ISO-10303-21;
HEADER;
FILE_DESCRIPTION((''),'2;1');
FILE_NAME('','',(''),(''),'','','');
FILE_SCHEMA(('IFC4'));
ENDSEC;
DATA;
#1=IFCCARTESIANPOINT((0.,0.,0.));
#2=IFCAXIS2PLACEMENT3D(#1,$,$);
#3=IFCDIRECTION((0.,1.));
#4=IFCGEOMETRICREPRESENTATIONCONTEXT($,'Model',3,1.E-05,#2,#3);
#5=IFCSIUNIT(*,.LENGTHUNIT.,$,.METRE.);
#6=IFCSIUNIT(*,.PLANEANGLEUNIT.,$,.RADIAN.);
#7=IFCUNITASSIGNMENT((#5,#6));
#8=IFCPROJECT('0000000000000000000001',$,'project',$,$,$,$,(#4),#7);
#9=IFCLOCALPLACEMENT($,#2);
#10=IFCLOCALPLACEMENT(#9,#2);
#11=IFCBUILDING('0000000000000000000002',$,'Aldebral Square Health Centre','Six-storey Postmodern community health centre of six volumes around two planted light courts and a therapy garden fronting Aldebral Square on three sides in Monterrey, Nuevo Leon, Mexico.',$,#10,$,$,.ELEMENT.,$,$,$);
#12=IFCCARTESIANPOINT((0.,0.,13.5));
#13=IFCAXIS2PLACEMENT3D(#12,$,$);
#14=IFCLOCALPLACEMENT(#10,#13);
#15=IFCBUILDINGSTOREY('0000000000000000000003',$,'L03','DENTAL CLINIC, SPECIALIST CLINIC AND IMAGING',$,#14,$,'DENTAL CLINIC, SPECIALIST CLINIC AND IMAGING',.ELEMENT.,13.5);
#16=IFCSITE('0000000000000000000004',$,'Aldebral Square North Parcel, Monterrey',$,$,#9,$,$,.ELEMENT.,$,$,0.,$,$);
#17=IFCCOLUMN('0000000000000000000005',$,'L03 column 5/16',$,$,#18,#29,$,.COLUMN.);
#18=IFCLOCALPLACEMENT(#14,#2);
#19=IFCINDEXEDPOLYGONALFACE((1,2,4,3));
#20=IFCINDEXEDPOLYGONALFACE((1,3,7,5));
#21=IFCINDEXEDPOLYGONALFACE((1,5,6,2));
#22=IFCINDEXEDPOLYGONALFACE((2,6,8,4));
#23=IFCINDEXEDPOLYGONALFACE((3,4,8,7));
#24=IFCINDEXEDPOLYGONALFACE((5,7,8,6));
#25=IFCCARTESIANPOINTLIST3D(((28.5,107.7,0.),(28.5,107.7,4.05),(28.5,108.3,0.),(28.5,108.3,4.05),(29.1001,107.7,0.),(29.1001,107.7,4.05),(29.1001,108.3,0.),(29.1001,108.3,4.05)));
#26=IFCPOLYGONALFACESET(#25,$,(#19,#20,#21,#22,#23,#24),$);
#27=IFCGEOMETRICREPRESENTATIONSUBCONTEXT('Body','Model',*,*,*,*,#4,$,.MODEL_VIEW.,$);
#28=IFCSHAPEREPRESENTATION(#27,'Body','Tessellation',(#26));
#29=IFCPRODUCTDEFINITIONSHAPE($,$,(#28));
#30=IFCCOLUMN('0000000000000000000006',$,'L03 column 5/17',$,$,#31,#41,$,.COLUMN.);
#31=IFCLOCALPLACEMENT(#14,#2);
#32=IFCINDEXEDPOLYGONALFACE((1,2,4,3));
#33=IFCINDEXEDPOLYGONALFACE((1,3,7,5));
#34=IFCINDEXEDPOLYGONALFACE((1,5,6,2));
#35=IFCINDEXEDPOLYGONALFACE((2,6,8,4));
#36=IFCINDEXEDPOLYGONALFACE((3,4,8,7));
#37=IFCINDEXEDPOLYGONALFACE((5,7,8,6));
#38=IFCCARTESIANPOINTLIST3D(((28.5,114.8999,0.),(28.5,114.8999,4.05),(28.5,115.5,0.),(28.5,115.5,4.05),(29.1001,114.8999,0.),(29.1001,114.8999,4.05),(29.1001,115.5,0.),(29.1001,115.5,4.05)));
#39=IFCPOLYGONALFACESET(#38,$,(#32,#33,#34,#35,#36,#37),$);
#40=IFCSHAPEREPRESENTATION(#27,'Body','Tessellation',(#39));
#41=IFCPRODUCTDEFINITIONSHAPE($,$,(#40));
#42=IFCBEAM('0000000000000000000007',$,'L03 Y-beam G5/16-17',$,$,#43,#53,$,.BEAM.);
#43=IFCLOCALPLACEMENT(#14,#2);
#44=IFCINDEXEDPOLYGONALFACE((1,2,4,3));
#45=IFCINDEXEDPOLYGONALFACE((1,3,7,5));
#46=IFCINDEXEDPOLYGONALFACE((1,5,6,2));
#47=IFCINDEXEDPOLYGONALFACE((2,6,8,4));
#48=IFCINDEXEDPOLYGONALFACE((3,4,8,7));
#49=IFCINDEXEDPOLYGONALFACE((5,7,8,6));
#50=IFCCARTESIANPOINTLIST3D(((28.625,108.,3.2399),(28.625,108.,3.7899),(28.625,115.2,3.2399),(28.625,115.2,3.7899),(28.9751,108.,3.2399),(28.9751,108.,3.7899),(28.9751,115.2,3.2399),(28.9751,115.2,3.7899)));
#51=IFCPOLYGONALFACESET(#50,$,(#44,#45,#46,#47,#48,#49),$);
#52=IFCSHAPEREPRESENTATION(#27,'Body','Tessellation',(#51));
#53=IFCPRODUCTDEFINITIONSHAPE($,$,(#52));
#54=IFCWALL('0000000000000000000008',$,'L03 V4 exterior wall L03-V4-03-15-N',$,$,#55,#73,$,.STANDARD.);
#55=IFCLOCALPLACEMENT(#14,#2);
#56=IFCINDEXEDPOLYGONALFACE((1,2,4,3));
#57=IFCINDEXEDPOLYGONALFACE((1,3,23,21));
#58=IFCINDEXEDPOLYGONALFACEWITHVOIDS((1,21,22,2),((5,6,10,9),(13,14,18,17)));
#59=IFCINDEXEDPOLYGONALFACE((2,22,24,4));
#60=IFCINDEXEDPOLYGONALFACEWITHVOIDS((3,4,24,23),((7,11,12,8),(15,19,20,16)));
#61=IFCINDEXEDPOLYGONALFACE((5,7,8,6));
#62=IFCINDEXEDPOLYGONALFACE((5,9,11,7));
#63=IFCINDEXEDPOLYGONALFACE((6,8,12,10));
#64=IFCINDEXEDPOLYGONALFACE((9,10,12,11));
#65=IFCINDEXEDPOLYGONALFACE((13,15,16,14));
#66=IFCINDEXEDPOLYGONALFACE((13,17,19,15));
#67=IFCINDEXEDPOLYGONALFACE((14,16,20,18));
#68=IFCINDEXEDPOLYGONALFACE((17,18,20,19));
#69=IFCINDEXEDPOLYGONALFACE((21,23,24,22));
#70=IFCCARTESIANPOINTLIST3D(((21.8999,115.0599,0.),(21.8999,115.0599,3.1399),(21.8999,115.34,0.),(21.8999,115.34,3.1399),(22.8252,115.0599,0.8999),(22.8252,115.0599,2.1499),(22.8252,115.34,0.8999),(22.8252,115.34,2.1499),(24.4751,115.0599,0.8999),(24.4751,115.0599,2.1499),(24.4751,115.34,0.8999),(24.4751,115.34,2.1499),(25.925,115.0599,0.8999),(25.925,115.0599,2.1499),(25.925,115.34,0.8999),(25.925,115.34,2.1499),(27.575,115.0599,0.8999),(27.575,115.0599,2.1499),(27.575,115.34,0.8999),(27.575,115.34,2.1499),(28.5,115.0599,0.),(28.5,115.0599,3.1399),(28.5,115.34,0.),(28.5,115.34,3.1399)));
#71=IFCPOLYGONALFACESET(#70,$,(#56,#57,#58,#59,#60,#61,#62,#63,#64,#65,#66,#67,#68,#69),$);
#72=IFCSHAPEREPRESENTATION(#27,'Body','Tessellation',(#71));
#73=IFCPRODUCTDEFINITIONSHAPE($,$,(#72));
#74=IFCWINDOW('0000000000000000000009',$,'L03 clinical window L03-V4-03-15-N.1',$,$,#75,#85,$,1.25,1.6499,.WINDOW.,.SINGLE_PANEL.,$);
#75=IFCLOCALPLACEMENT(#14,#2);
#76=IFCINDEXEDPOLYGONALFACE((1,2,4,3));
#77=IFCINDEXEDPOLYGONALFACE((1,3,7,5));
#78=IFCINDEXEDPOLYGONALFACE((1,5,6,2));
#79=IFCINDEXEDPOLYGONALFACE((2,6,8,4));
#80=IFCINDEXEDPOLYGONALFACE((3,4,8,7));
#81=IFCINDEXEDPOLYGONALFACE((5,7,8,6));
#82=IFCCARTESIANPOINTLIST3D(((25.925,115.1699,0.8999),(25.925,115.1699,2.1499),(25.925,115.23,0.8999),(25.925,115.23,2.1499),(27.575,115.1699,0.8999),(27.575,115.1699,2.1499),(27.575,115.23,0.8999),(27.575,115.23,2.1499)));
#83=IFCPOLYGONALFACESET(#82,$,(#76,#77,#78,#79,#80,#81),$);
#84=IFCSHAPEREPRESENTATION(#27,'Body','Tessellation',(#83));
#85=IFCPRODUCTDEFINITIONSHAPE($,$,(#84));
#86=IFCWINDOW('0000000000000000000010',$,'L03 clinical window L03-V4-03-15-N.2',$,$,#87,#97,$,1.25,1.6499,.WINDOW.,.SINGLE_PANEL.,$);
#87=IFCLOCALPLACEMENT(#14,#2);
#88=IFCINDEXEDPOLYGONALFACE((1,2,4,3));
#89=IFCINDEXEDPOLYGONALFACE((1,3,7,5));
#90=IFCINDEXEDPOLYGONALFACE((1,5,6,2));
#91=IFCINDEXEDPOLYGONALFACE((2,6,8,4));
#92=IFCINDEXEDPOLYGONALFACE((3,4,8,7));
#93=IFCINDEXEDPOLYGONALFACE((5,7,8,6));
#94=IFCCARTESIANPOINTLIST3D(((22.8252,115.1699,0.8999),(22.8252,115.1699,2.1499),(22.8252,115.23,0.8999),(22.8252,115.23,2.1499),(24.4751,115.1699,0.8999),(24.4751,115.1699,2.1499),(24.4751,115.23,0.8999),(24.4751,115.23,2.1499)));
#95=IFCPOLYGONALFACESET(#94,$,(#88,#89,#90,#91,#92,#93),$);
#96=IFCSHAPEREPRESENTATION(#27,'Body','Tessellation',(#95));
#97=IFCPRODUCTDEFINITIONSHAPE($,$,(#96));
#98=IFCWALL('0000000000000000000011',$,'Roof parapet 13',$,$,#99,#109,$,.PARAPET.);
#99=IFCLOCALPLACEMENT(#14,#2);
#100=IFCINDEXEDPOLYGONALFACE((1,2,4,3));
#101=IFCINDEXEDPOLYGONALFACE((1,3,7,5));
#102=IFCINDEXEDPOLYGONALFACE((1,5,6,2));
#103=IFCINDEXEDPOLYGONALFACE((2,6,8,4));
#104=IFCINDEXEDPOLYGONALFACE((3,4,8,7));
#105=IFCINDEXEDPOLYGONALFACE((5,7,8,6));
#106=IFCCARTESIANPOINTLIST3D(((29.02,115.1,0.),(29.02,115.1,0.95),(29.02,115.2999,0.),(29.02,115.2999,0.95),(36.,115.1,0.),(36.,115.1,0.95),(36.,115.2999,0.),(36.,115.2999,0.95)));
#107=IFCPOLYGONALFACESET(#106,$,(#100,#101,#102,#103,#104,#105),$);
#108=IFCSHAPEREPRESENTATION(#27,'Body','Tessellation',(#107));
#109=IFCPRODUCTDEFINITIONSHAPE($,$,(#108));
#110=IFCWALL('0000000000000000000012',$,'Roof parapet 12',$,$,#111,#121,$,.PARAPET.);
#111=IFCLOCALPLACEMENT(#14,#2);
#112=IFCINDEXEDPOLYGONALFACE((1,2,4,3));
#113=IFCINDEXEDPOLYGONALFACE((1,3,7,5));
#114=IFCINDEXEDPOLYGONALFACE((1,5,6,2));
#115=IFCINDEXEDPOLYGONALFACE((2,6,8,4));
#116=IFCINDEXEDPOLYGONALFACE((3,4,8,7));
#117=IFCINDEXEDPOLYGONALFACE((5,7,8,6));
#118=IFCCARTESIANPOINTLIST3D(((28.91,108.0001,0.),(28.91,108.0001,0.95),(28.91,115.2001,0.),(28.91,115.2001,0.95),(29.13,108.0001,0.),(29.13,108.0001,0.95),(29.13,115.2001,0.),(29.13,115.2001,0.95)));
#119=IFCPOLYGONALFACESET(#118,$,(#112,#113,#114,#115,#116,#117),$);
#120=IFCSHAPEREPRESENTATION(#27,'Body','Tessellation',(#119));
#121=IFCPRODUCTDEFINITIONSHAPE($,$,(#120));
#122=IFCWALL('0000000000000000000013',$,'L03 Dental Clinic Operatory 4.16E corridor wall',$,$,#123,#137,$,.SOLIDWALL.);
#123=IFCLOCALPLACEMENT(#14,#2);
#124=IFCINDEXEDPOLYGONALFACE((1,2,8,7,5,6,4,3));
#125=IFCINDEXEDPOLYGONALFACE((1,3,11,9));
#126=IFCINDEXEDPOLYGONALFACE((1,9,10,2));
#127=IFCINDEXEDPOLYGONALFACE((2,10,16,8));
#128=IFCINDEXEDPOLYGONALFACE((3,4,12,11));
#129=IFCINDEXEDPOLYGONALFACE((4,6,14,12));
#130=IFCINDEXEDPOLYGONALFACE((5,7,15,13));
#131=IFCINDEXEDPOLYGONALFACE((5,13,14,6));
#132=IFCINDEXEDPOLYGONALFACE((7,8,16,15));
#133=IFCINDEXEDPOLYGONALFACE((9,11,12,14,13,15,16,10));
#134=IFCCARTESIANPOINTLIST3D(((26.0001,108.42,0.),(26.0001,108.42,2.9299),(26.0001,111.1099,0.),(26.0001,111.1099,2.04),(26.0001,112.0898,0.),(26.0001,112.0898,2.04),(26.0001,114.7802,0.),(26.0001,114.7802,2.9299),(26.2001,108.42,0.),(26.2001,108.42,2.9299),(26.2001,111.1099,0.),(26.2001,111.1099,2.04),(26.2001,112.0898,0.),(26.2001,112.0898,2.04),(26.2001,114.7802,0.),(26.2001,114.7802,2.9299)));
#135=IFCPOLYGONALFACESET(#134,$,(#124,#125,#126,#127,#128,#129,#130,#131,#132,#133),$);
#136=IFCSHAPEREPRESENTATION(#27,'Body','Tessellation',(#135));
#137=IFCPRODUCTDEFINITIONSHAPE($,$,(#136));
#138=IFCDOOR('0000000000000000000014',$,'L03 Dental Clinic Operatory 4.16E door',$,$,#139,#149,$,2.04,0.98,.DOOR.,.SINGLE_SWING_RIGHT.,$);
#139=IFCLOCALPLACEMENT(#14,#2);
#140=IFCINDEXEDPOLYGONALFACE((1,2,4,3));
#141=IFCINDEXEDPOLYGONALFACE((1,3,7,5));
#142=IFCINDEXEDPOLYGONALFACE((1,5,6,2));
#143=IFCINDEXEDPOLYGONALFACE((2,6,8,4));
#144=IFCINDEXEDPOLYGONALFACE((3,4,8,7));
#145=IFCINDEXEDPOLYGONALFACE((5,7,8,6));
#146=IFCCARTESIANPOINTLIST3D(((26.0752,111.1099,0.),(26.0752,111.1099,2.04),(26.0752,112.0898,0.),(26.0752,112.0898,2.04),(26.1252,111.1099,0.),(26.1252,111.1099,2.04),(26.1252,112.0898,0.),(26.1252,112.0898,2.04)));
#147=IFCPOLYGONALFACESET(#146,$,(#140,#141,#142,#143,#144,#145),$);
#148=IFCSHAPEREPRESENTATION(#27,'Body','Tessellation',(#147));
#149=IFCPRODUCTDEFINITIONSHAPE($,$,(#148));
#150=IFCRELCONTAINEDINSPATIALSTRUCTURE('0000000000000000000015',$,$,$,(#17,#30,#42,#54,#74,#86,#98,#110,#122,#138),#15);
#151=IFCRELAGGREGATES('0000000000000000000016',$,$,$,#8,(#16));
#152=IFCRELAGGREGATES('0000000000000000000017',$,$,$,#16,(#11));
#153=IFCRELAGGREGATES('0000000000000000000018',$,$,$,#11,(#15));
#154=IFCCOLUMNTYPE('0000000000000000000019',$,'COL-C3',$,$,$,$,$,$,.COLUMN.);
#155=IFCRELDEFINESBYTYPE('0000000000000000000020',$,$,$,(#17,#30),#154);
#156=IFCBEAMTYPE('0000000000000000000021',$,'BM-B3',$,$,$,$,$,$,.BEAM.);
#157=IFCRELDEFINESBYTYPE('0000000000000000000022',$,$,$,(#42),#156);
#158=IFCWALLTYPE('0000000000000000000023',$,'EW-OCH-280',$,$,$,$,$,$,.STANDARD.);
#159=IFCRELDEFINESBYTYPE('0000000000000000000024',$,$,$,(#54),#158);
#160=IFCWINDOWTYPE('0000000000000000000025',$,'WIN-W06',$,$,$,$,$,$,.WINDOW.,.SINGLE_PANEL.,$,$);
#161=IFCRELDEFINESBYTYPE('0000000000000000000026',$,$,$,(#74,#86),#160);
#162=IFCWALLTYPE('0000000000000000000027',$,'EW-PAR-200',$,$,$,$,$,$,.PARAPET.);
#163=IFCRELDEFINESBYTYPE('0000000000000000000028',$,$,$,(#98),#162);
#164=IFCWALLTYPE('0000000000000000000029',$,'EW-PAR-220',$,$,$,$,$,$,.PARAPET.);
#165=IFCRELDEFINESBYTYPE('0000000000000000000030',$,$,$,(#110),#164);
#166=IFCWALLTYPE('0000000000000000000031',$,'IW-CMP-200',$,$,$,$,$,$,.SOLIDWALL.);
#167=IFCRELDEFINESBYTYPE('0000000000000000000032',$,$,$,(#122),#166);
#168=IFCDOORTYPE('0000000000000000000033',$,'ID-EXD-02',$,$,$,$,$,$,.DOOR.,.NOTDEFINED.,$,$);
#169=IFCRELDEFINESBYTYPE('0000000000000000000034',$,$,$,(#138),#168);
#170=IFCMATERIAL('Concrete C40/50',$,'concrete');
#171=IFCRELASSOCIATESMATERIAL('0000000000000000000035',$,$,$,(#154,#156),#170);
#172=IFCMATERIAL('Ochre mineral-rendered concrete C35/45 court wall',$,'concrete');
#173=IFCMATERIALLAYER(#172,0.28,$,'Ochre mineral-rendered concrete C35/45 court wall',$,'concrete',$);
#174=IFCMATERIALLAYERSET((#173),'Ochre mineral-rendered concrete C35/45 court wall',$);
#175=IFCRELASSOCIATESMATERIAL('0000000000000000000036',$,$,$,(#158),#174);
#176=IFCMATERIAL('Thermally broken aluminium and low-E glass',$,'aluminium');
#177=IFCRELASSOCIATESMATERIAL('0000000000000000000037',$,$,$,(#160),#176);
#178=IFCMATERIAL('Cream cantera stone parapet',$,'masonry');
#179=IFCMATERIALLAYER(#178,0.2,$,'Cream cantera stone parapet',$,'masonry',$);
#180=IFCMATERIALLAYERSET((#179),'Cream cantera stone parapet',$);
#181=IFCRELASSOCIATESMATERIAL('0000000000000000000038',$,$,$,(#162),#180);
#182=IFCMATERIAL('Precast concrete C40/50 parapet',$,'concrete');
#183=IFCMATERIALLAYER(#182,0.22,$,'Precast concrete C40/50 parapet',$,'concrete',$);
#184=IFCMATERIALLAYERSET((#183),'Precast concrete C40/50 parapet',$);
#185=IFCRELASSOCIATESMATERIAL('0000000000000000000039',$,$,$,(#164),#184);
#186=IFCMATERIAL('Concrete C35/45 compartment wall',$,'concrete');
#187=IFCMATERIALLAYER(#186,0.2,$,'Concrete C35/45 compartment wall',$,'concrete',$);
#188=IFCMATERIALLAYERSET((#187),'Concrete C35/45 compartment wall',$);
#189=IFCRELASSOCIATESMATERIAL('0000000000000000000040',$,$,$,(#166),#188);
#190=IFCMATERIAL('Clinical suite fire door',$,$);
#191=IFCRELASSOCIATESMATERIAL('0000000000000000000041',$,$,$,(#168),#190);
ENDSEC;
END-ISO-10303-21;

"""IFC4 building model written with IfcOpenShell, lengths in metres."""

from ifc_helpers import new_model, si_unit, direction, frame, frame_2d, origin, origin_2d, place, context, subcontext, project, spatial, rectangle, extrude, material, layer, layer_set, material_profile, profile_set, type_object, element, fill, save


model = new_model("IFC4")

# Units and contexts
model_context = context("Model", 3, precision=1e-05, world=origin(), true_north=direction((0.0, 1.0)))
body_context = subcontext(model_context, "Body", "Model", "MODEL_VIEW")
ifc_project = project(units=[si_unit("LENGTHUNIT", "METRE"), si_unit("PLANEANGLEUNIT", "RADIAN")], contexts=[model_context])

# Site, building, storey
site_placement = place(None, origin())
site = spatial("IfcSite", under=ifc_project, at=site_placement, Name="Aldebral Square North Parcel, Monterrey", CompositionType="ELEMENT", RefElevation=0.0)
building_placement = place(site_placement, origin())
building = spatial("IfcBuilding", under=site, at=building_placement, Name="Aldebral Square Health Centre", Description="Six-storey Postmodern community health centre of six volumes around two planted light courts and a therapy garden fronting Aldebral Square on three sides in Monterrey, Nuevo Leon, Mexico.", CompositionType="ELEMENT")
storey_placement = place(building_placement, frame((0.0, 0.0, 13.5)))
storey = spatial("IfcBuildingStorey", under=building, at=storey_placement, Name="L03", Description="DENTAL CLINIC, SPECIALIST CLINIC AND IMAGING", LongName="DENTAL CLINIC, SPECIALIST CLINIC AND IMAGING", CompositionType="ELEMENT", Elevation=13.5)

# Columns
ifc_material_1 = material(Name="Concrete C40/50", Category="concrete")
ifc_material_profile_1 = material_profile(ifc_material_1, rectangle(XDim=0.6001, YDim=0.6001, at=origin_2d()), Name="RC 600x600")
ifc_profile_set_1 = profile_set([ifc_material_profile_1], Name="Concrete C40/50")
column_type = type_object("IfcColumnType", Name="COL-C3", PredefinedType="COLUMN", material=ifc_profile_set_1)
for number, where, z_axis, x_axis, name in (
    (1, (28.8, 108.0, 0.0), (0.0, 0.0, 1.0), (1.0, 0.0, 0.0), "L03 column 5/16"),
    (2, (28.8, 115.2, 0.0), (0.0, 0.0, 1.0), (1.0, 0.0, 0.0), "L03 column 5/17"),
):
    element("IfcColumn", number, at=place(storey_placement, frame(where, z_axis=z_axis, x_axis=x_axis)), inside=storey, type_object=column_type, Name=name, PredefinedType="COLUMN", context=body_context, shape_type="SweptSolid", body=[
        extrude(rectangle(XDim=0.6001, YDim=0.6001, at=origin_2d()), origin(), (0.0, 0.0, 1.0), 4.05),
    ])

# Beam
ifc_material_profile_2 = material_profile(ifc_material_1, rectangle(XDim=0.3501, YDim=0.55, at=origin_2d()), Name="RC 350x550")
ifc_profile_set_2 = profile_set([ifc_material_profile_2], Name="Concrete C40/50")
beam_type = type_object("IfcBeamType", Name="BM-B3", PredefinedType="BEAM", material=ifc_profile_set_2)
beam_placement = place(storey_placement, frame((28.8, 108.0, 3.5149), z_axis=(0.0, 1.0, 0.0), x_axis=(-1.0, 0.0, 0.0)))
element("IfcBeam", 3, at=beam_placement, inside=storey, type_object=beam_type, Name="L03 Y-beam G5/16-17", PredefinedType="BEAM", context=body_context, shape_type="SweptSolid", body=[
    extrude(rectangle(XDim=0.3501, YDim=0.55, at=origin_2d()), origin(), (0.0, 0.0, 1.0), 7.2),
])

# Wall, openings, windows
ifc_material_2 = material(Name="Ochre mineral-rendered concrete C35/45 court wall", Category="concrete")
ifc_layer_1 = layer(ifc_material_2, 0.28, Name="Ochre mineral-rendered concrete C35/45 court wall", Category="concrete")
ifc_layer_set_1 = layer_set([ifc_layer_1], Name="Ochre mineral-rendered concrete C35/45 court wall")
wall_type_1 = type_object("IfcWallType", Name="EW-OCH-280", PredefinedType="STANDARD", material=ifc_layer_set_1)
wall_1_placement = place(storey_placement, frame((28.5, 115.2, 0.0), z_axis=(0.0, 0.0, 1.0), x_axis=(-1.0, 0.0, 0.0)))
wall_1 = element("IfcWall", 4, at=wall_1_placement, inside=storey, type_object=wall_type_1, Name="L03 V4 exterior wall L03-V4-03-15-N", PredefinedType="STANDARD", context=body_context, shape_type="SweptSolid", body=[
    extrude(rectangle(XDim=6.6001, YDim=0.28, at=frame_2d((3.3, 0.0))), origin(), (0.0, 0.0, 1.0), 3.1399),
])
opening_1_placement = place(wall_1_placement, frame((0.925, 0.0, 0.8999)))
opening_1 = element("IfcOpeningElement", 5, at=opening_1_placement, cuts=wall_1, PredefinedType="OPENING", context=body_context, shape_type="SweptSolid", body=[
    extrude(rectangle(XDim=1.6499, YDim=1.25, at=frame_2d((0.825, 0.625))), frame((0.0, 0.1499, 0.0), z_axis=(0.0, -1.0, 0.0), x_axis=(1.0, 0.0, 0.0)), (0.0, 0.0, 1.0), 0.3),
])
opening_2_placement = place(wall_1_placement, frame((4.0249, 0.0, 0.8999)))
opening_2 = element("IfcOpeningElement", 6, at=opening_2_placement, cuts=wall_1, PredefinedType="OPENING", context=body_context, shape_type="SweptSolid", body=[
    extrude(rectangle(XDim=1.6499, YDim=1.25, at=frame_2d((0.825, 0.625))), frame((0.0, 0.1499, 0.0), z_axis=(0.0, -1.0, 0.0), x_axis=(1.0, 0.0, 0.0)), (0.0, 0.0, 1.0), 0.3),
])
ifc_material_3 = material(Name="Thermally broken aluminium and low-E glass", Category="aluminium")
window_type = type_object("IfcWindowType", Name="WIN-W06", PartitioningType="SINGLE_PANEL", PredefinedType="WINDOW", material=ifc_material_3)
window_1_placement = place(opening_1_placement, origin())
window_1 = element("IfcWindow", 7, at=window_1_placement, inside=storey, type_object=window_type, Name="L03 clinical window L03-V4-03-15-N.1", OverallHeight=1.25, OverallWidth=1.6499, PartitioningType="SINGLE_PANEL", PredefinedType="WINDOW", context=body_context, shape_type="SweptSolid", body=[
    extrude(rectangle(XDim=1.6499, YDim=1.25, at=frame_2d((0.825, 0.625))), frame((0.0, 0.03, 0.0), z_axis=(0.0, -1.0, 0.0), x_axis=(1.0, 0.0, 0.0)), (0.0, 0.0, 1.0), 0.0601),
])
fill(opening_1, window_1)
window_2_placement = place(opening_2_placement, origin())
window_2 = element("IfcWindow", 8, at=window_2_placement, inside=storey, type_object=window_type, Name="L03 clinical window L03-V4-03-15-N.2", OverallHeight=1.25, OverallWidth=1.6499, PartitioningType="SINGLE_PANEL", PredefinedType="WINDOW", context=body_context, shape_type="SweptSolid", body=[
    extrude(rectangle(XDim=1.6499, YDim=1.25, at=frame_2d((0.825, 0.625))), frame((0.0, 0.03, 0.0), z_axis=(0.0, -1.0, 0.0), x_axis=(1.0, 0.0, 0.0)), (0.0, 0.0, 1.0), 0.0601),
])
fill(opening_2, window_2)

# Walls
ifc_material_4 = material(Name="Cream cantera stone parapet", Category="masonry")
ifc_layer_2 = layer(ifc_material_4, 0.2, Name="Cream cantera stone parapet", Category="masonry")
ifc_layer_set_2 = layer_set([ifc_layer_2], Name="Cream cantera stone parapet")
wall_type_2 = type_object("IfcWallType", Name="EW-PAR-200", PredefinedType="PARAPET", material=ifc_layer_set_2)
wall_2_placement = place(storey_placement, frame((29.02, 115.2, 0.0), z_axis=(0.0, 0.0, 1.0), x_axis=(1.0, 0.0, 0.0)))
element("IfcWall", 9, at=wall_2_placement, inside=storey, type_object=wall_type_2, Name="Roof parapet 13", PredefinedType="PARAPET", context=body_context, shape_type="SweptSolid", body=[
    extrude(rectangle(XDim=6.98, YDim=0.2, at=frame_2d((3.49, 0.0))), origin(), (0.0, 0.0, 1.0), 0.95),
])
ifc_material_5 = material(Name="Precast concrete C40/50 parapet", Category="concrete")
ifc_layer_3 = layer(ifc_material_5, 0.22, Name="Precast concrete C40/50 parapet", Category="concrete")
ifc_layer_set_3 = layer_set([ifc_layer_3], Name="Precast concrete C40/50 parapet")
wall_type_3 = type_object("IfcWallType", Name="EW-PAR-220", PredefinedType="PARAPET", material=ifc_layer_set_3)
wall_3_placement = place(storey_placement, frame((29.02, 108.0, 0.0), z_axis=(0.0, 0.0, 1.0), x_axis=(0.0, 1.0, 0.0)))
element("IfcWall", 10, at=wall_3_placement, inside=storey, type_object=wall_type_3, Name="Roof parapet 12", PredefinedType="PARAPET", context=body_context, shape_type="SweptSolid", body=[
    extrude(rectangle(XDim=7.2, YDim=0.22, at=frame_2d((3.6001, 0.0))), origin(), (0.0, 0.0, 1.0), 0.95),
])

# Wall, opening, door
ifc_material_6 = material(Name="Concrete C35/45 compartment wall", Category="concrete")
ifc_layer_4 = layer(ifc_material_6, 0.2, Name="Concrete C35/45 compartment wall", Category="concrete")
ifc_layer_set_4 = layer_set([ifc_layer_4], Name="Concrete C35/45 compartment wall")
wall_type_4 = type_object("IfcWallType", Name="IW-CMP-200", PredefinedType="SOLIDWALL", material=ifc_layer_set_4)
wall_4_placement = place(storey_placement, frame((26.1001, 108.4199, 0.0), z_axis=(0.0, 0.0, 1.0), x_axis=(0.0, 1.0, 0.0)))
wall_4 = element("IfcWall", 11, at=wall_4_placement, inside=storey, type_object=wall_type_4, Name="L03 Dental Clinic Operatory 4.16E corridor wall", PredefinedType="SOLIDWALL", context=body_context, shape_type="SweptSolid", body=[
    extrude(rectangle(XDim=6.3601, YDim=0.2, at=frame_2d((3.1802, 0.0))), origin(), (0.0, 0.0, 1.0), 2.9299),
])
opening_3_placement = place(wall_4_placement, frame((2.6899, 0.0, 0.0)))
opening_3 = element("IfcOpeningElement", 12, at=opening_3_placement, cuts=wall_4, PredefinedType="OPENING", context=body_context, shape_type="SweptSolid", body=[
    extrude(rectangle(XDim=0.98, YDim=2.04, at=frame_2d((0.49, 1.02))), frame((0.0, 0.1099, 0.0), z_axis=(0.0, -1.0, 0.0), x_axis=(1.0, 0.0, 0.0)), (0.0, 0.0, 1.0), 0.22),
])
ifc_material_7 = material(Name="Clinical suite fire door")
door_type_1 = type_object("IfcDoorType", Name="ID-EXD-02", OperationType="NOTDEFINED", PredefinedType="DOOR", material=ifc_material_7)
door_1_placement = place(opening_3_placement, origin())
door_1 = element("IfcDoor", 13, at=door_1_placement, inside=storey, type_object=door_type_1, Name="L03 Dental Clinic Operatory 4.16E door", OperationType="SINGLE_SWING_RIGHT", OverallHeight=2.04, OverallWidth=0.98, PredefinedType="DOOR", context=body_context, shape_type="SweptSolid", body=[
    extrude(rectangle(XDim=0.98, YDim=2.04, at=frame_2d((0.49, 1.02))), frame((0.0, 0.0249, 0.0), z_axis=(0.0, -1.0, 0.0), x_axis=(1.0, 0.0, 0.0)), (0.0, 0.0, 1.0), 0.05),
])
fill(opening_3, door_1)

save(model, "model.ifc")
